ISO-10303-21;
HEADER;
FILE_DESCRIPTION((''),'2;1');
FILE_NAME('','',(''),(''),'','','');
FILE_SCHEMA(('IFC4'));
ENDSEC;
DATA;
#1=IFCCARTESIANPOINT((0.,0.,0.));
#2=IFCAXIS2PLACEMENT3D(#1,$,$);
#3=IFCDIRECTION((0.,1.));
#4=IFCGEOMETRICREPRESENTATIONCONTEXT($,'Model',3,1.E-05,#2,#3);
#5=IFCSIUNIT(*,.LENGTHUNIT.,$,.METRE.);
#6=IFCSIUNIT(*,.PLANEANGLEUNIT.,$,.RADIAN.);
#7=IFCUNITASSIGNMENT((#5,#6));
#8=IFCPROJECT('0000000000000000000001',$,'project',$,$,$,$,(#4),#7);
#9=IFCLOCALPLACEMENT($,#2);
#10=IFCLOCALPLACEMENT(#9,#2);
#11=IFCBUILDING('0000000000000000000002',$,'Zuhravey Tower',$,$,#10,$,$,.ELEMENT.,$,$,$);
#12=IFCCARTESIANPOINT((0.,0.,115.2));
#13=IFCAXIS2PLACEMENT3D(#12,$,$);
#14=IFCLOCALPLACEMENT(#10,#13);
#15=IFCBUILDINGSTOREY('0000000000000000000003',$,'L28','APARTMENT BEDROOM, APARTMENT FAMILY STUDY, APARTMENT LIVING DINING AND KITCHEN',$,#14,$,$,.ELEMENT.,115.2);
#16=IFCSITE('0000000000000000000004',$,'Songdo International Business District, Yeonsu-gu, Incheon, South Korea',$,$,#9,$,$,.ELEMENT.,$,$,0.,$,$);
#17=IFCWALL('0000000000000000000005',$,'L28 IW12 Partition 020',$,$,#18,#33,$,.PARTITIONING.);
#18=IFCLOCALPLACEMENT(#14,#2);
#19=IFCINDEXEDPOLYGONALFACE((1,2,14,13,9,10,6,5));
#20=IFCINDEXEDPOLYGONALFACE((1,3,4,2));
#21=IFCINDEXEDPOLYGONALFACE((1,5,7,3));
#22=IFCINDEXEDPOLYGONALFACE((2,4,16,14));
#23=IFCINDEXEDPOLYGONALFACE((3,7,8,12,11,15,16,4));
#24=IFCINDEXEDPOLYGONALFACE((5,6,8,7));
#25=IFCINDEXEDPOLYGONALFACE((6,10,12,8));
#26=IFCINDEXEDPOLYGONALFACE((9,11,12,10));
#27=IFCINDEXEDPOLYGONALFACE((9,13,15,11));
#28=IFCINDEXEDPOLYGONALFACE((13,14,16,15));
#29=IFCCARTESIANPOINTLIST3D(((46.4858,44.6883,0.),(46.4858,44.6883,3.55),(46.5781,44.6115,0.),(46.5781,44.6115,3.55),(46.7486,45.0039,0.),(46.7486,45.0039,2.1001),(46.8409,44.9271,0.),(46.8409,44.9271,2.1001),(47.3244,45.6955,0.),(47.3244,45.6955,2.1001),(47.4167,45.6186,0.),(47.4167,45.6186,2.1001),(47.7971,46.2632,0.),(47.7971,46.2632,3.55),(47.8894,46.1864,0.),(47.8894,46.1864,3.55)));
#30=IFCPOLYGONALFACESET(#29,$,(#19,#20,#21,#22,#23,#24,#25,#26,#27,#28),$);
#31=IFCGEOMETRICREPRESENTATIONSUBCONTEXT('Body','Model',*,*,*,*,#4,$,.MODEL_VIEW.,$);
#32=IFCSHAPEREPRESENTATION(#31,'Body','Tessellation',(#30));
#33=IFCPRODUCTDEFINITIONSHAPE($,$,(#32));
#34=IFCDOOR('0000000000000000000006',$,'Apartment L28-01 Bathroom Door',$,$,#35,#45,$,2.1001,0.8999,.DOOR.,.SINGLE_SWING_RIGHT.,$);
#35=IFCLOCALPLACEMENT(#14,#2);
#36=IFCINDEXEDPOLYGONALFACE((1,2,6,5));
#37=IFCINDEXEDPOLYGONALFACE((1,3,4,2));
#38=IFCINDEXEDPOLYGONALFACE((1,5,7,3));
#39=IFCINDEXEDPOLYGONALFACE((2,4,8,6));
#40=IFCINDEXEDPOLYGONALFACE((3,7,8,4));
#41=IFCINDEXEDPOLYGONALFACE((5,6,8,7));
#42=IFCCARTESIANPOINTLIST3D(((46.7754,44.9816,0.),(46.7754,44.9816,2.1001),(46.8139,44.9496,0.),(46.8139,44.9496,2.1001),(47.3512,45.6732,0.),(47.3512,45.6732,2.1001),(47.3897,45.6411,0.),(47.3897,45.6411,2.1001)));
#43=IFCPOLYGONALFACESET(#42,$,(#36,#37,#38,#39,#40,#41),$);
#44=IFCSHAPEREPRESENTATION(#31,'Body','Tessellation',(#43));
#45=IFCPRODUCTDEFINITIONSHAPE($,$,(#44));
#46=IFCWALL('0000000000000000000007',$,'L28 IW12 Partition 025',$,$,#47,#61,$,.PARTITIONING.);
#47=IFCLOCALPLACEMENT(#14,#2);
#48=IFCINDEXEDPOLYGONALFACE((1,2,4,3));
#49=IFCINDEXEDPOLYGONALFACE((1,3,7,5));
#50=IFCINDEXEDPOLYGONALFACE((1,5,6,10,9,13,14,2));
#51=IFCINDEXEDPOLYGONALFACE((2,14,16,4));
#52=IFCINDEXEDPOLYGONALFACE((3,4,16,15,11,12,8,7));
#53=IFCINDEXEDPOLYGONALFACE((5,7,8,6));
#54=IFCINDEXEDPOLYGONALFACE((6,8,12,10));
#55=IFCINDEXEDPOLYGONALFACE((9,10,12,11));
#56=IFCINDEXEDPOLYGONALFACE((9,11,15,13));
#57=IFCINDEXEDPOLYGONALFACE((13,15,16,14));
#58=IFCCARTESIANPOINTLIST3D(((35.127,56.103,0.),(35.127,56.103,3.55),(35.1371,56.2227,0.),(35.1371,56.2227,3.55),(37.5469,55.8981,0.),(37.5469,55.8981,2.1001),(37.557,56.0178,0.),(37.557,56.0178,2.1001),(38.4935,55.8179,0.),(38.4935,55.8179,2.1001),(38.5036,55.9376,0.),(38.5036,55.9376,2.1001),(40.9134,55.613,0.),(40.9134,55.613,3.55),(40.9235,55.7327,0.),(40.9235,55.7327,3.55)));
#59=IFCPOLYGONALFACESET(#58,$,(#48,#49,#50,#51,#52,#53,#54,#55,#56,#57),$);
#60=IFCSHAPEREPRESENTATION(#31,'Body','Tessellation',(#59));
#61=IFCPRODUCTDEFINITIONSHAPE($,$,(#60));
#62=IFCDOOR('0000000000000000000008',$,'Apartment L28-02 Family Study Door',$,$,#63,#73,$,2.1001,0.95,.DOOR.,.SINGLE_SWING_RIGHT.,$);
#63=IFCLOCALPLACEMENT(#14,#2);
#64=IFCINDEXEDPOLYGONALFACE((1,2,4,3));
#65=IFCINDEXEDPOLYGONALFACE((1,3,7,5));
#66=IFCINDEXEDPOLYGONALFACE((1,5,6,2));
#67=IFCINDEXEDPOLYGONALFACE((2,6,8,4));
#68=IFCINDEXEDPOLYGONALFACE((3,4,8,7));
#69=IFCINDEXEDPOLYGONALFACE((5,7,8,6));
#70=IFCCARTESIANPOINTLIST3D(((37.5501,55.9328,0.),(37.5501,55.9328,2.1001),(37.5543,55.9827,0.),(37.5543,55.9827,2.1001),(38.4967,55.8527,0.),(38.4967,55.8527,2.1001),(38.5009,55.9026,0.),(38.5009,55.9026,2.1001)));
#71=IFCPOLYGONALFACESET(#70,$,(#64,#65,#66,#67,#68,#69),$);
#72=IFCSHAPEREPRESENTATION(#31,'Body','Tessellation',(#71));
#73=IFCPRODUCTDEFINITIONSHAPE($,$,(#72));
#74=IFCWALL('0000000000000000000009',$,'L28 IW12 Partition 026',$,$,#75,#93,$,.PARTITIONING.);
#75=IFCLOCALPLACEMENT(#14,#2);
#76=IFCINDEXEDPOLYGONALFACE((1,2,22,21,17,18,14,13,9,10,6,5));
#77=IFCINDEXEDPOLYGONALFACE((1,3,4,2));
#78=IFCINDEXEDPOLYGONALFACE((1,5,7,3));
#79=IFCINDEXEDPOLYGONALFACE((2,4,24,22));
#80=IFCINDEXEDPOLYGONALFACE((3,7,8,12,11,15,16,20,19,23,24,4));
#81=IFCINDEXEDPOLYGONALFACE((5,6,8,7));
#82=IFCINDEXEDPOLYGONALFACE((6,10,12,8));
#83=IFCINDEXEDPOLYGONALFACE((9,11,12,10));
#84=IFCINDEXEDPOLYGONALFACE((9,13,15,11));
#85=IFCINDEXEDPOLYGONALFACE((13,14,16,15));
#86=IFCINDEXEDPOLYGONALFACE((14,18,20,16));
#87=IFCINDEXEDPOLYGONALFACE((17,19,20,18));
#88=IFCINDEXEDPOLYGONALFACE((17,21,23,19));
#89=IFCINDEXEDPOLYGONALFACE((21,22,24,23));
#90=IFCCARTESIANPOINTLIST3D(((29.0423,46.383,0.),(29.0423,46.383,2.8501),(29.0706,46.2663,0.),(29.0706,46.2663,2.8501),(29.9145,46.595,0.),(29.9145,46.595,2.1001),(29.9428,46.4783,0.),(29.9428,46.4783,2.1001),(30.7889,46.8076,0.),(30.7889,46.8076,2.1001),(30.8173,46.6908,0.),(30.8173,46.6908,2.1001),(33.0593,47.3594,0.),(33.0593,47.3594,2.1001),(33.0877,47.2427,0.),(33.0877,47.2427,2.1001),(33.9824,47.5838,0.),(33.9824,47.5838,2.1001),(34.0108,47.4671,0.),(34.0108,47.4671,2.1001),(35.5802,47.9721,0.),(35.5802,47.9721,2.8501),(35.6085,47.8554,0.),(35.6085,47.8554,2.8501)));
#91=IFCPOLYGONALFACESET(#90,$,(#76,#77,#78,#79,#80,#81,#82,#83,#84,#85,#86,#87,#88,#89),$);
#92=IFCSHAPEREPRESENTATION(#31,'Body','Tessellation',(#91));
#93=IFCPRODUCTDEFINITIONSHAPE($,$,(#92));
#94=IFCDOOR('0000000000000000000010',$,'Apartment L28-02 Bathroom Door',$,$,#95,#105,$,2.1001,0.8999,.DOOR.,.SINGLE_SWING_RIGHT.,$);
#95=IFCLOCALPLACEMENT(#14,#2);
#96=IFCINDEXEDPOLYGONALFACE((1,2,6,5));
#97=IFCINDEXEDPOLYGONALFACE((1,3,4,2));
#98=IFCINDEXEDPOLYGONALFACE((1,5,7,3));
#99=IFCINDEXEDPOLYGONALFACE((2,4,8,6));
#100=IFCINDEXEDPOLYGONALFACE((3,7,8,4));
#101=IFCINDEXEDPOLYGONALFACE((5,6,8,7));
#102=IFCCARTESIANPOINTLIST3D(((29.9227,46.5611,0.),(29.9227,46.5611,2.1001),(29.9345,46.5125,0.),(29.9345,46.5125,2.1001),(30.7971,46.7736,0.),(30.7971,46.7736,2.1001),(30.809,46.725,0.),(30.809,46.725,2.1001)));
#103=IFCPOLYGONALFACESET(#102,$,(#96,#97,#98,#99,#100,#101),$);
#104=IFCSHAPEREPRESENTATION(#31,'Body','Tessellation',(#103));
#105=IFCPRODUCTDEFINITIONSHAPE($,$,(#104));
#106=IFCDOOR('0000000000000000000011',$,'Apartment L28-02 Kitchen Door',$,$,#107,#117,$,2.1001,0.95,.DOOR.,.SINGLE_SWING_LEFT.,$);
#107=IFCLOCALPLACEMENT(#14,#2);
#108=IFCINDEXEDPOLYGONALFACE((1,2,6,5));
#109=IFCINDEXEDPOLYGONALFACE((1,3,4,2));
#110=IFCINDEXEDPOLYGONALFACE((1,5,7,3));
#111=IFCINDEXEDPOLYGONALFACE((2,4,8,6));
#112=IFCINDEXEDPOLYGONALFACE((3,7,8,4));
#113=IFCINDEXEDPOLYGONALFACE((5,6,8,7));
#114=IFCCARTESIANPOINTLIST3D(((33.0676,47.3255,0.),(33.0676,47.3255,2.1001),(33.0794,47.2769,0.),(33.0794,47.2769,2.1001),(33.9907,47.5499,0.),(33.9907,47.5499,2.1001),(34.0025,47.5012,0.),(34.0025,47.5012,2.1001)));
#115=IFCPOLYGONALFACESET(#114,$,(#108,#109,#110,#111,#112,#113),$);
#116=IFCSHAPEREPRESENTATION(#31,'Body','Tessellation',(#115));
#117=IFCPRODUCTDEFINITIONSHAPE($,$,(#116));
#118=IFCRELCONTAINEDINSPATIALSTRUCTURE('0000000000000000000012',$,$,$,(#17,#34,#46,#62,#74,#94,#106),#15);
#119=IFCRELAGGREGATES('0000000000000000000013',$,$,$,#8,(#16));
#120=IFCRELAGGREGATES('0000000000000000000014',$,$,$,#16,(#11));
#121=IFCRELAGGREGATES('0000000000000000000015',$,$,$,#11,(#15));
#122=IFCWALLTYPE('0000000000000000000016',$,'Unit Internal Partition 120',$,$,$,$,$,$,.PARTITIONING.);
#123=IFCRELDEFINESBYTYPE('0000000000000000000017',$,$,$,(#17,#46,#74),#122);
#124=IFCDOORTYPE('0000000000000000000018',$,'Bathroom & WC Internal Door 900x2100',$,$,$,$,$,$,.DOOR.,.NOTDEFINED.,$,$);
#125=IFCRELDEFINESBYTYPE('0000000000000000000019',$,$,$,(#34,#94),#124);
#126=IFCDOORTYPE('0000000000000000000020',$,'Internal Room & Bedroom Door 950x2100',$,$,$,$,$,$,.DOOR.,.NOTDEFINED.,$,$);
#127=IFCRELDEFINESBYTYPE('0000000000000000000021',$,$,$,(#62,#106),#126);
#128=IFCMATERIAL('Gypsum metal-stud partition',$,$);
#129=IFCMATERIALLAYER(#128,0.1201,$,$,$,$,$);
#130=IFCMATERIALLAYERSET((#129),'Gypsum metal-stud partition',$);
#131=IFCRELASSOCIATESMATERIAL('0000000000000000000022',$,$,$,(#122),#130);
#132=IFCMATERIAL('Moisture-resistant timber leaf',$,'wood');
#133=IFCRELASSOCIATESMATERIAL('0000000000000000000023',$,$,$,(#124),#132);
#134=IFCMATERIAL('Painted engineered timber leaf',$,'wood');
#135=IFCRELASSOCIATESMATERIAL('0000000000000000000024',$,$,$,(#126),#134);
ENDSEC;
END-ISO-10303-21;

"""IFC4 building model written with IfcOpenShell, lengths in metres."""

from ifc_helpers import new_model, si_unit, direction, frame, frame_2d, origin, place, context, subcontext, project, spatial, rectangle, extrude, material, layer, layer_set, type_object, element, fill, save


model = new_model("IFC4")

# Units and contexts
model_context = context("Model", 3, precision=1e-05, world=origin(), true_north=direction((0.0, 1.0)))
body_context = subcontext(model_context, "Body", "Model", "MODEL_VIEW")
ifc_project = project(units=[si_unit("LENGTHUNIT", "METRE"), si_unit("PLANEANGLEUNIT", "RADIAN")], contexts=[model_context])

# Site, building, storey
site_placement = place(None, origin())
site = spatial("IfcSite", under=ifc_project, at=site_placement, Name="Songdo International Business District, Yeonsu-gu, Incheon, South Korea", CompositionType="ELEMENT", RefElevation=0.0)
building_placement = place(site_placement, origin())
building = spatial("IfcBuilding", under=site, at=building_placement, Name="Zuhravey Tower", CompositionType="ELEMENT")
storey_placement = place(building_placement, frame((0.0, 0.0, 115.2)))
storey = spatial("IfcBuildingStorey", under=building, at=storey_placement, Name="L28", Description="APARTMENT BEDROOM, APARTMENT FAMILY STUDY, APARTMENT LIVING DINING AND KITCHEN", CompositionType="ELEMENT", Elevation=115.2)

# Walls, openings, doors
ifc_material_1 = material(Name="Gypsum metal-stud partition")
ifc_layer_1 = layer(ifc_material_1, 0.1201)
ifc_layer_set_1 = layer_set([ifc_layer_1], Name="Gypsum metal-stud partition")
wall_type_1 = type_object("IfcWallType", Name="Unit Internal Partition 120", PredefinedType="PARTITIONING", material=ifc_layer_set_1)
wall_1_placement = place(storey_placement, frame((46.532, 44.6499, 0.0), z_axis=(0.0, 0.0, 1.0), x_axis=(0.639845, 0.768504, 0.0)))
wall_1 = element("IfcWall", 1, at=wall_1_placement, inside=storey, type_object=wall_type_1, Name="L28 IW12 Partition 020", PredefinedType="PARTITIONING", context=body_context, shape_type="SweptSolid", body=[
    extrude(rectangle(XDim=2.0493, YDim=0.1201, at=frame_2d((1.0247, 0.0))), origin(), (0.0, 0.0, 1.0), 3.55),
])
opening_1_placement = place(wall_1_placement, frame((0.4106, 0.0, 0.0)))
opening_1 = element("IfcOpeningElement", 2, at=opening_1_placement, cuts=wall_1, PredefinedType="OPENING", context=body_context, shape_type="SweptSolid", body=[
    extrude(rectangle(XDim=0.8999, YDim=2.1001, at=frame_2d((0.45, 1.05))), frame((0.0, 0.072, 0.0), z_axis=(0.0, -1.0, 0.0), x_axis=(1.0, 0.0, 0.0)), (0.0, 0.0, 1.0), 0.144),
])
ifc_material_2 = material(Name="Moisture-resistant timber leaf", Category="wood")
door_type_1 = type_object("IfcDoorType", Name="Bathroom & WC Internal Door 900x2100", OperationType="NOTDEFINED", PredefinedType="DOOR", material=ifc_material_2)
door_1_placement = place(opening_1_placement, frame((0.8999, 0.0, 0.0), z_axis=(0.0, 0.0, 1.0), x_axis=(-1.0, 0.0, 0.0)))
door_1 = element("IfcDoor", 3, at=door_1_placement, inside=storey, type_object=door_type_1, Name="Apartment L28-01 Bathroom Door", OperationType="SINGLE_SWING_RIGHT", OverallHeight=2.1001, OverallWidth=0.8999, PredefinedType="DOOR", context=body_context, shape_type="SweptSolid", body=[
    extrude(rectangle(XDim=0.8999, YDim=2.1001, at=frame_2d((0.45, 1.05))), frame((0.0, 0.0249, 0.0), z_axis=(0.0, -1.0, 0.0), x_axis=(1.0, 0.0, 0.0)), (0.0, 0.0, 1.0), 0.05),
])
fill(opening_1, door_1)
wall_2_placement = place(storey_placement, frame((40.9185, 55.6729, 0.0), z_axis=(0.0, 0.0, 1.0), x_axis=(-0.996434, 0.084378, 0.0)))
wall_2 = element("IfcWall", 4, at=wall_2_placement, inside=storey, type_object=wall_type_1, Name="L28 IW12 Partition 025", PredefinedType="PARTITIONING", context=body_context, shape_type="SweptSolid", body=[
    extrude(rectangle(XDim=5.8071, YDim=0.1201, at=frame_2d((2.9036, 0.0))), origin(), (0.0, 0.0, 1.0), 3.55),
])
opening_2_placement = place(wall_2_placement, frame((2.4285, 0.0, 0.0)))
opening_2 = element("IfcOpeningElement", 5, at=opening_2_placement, cuts=wall_2, PredefinedType="OPENING", context=body_context, shape_type="SweptSolid", body=[
    extrude(rectangle(XDim=0.95, YDim=2.1001, at=frame_2d((0.4751, 1.05))), frame((0.0, 0.072, 0.0), z_axis=(0.0, -1.0, 0.0), x_axis=(1.0, 0.0, 0.0)), (0.0, 0.0, 1.0), 0.144),
])
ifc_material_3 = material(Name="Painted engineered timber leaf", Category="wood")
door_type_2 = type_object("IfcDoorType", Name="Internal Room & Bedroom Door 950x2100", OperationType="NOTDEFINED", PredefinedType="DOOR", material=ifc_material_3)
door_2_placement = place(opening_2_placement, frame((0.95, 0.0, 0.0), z_axis=(0.0, 0.0, 1.0), x_axis=(-1.0, 0.0, 0.0)))
door_2 = element("IfcDoor", 6, at=door_2_placement, inside=storey, type_object=door_type_2, Name="Apartment L28-02 Family Study Door", OperationType="SINGLE_SWING_RIGHT", OverallHeight=2.1001, OverallWidth=0.95, PredefinedType="DOOR", context=body_context, shape_type="SweptSolid", body=[
    extrude(rectangle(XDim=0.95, YDim=2.1001, at=frame_2d((0.4751, 1.05))), frame((0.0, 0.0249, 0.0), z_axis=(0.0, -1.0, 0.0), x_axis=(1.0, 0.0, 0.0)), (0.0, 0.0, 1.0), 0.05),
])
fill(opening_2, door_2)

# Wall, openings, doors
wall_3_placement = place(storey_placement, frame((35.5945, 47.9138, 0.0), z_axis=(0.0, 0.0, 1.0), x_axis=(-0.971708, -0.236187, 0.0)))
wall_3 = element("IfcWall", 7, at=wall_3_placement, inside=storey, type_object=wall_type_1, Name="L28 IW12 Partition 026", PredefinedType="PARTITIONING", context=body_context, shape_type="SweptSolid", body=[
    extrude(rectangle(XDim=6.7283, YDim=0.1201, at=frame_2d((3.3643, 0.0))), origin(), (0.0, 0.0, 1.0), 2.8501),
])
opening_3_placement = place(wall_3_placement, frame((1.6443, 0.0, 0.0)))
opening_3 = element("IfcOpeningElement", 8, at=opening_3_placement, cuts=wall_3, PredefinedType="OPENING", context=body_context, shape_type="SweptSolid", body=[
    extrude(rectangle(XDim=0.95, YDim=2.1001, at=frame_2d((0.4751, 1.05))), frame((0.0, 0.072, 0.0), z_axis=(0.0, -1.0, 0.0), x_axis=(1.0, 0.0, 0.0)), (0.0, 0.0, 1.0), 0.144),
])
opening_4_placement = place(wall_3_placement, frame((4.9309, 0.0, 0.0)))
opening_4 = element("IfcOpeningElement", 9, at=opening_4_placement, cuts=wall_3, PredefinedType="OPENING", context=body_context, shape_type="SweptSolid", body=[
    extrude(rectangle(XDim=0.8999, YDim=2.1001, at=frame_2d((0.45, 1.05))), frame((0.0, 0.072, 0.0), z_axis=(0.0, -1.0, 0.0), x_axis=(1.0, 0.0, 0.0)), (0.0, 0.0, 1.0), 0.144),
])
door_3_placement = place(opening_4_placement, origin())
door_3 = element("IfcDoor", 10, at=door_3_placement, inside=storey, type_object=door_type_1, Name="Apartment L28-02 Bathroom Door", OperationType="SINGLE_SWING_RIGHT", OverallHeight=2.1001, OverallWidth=0.8999, PredefinedType="DOOR", context=body_context, shape_type="SweptSolid", body=[
    extrude(rectangle(XDim=0.8999, YDim=2.1001, at=frame_2d((0.45, 1.05))), frame((0.0, 0.0249, 0.0), z_axis=(0.0, -1.0, 0.0), x_axis=(1.0, 0.0, 0.0)), (0.0, 0.0, 1.0), 0.05),
])
fill(opening_4, door_3)
door_4_placement = place(opening_3_placement, origin())
door_4 = element("IfcDoor", 11, at=door_4_placement, inside=storey, type_object=door_type_2, Name="Apartment L28-02 Kitchen Door", OperationType="SINGLE_SWING_LEFT", OverallHeight=2.1001, OverallWidth=0.95, PredefinedType="DOOR", context=body_context, shape_type="SweptSolid", body=[
    extrude(rectangle(XDim=0.95, YDim=2.1001, at=frame_2d((0.4751, 1.05))), frame((0.0, 0.0249, 0.0), z_axis=(0.0, -1.0, 0.0), x_axis=(1.0, 0.0, 0.0)), (0.0, 0.0, 1.0), 0.05),
])
fill(opening_3, door_4)

save(model, "model.ifc")
